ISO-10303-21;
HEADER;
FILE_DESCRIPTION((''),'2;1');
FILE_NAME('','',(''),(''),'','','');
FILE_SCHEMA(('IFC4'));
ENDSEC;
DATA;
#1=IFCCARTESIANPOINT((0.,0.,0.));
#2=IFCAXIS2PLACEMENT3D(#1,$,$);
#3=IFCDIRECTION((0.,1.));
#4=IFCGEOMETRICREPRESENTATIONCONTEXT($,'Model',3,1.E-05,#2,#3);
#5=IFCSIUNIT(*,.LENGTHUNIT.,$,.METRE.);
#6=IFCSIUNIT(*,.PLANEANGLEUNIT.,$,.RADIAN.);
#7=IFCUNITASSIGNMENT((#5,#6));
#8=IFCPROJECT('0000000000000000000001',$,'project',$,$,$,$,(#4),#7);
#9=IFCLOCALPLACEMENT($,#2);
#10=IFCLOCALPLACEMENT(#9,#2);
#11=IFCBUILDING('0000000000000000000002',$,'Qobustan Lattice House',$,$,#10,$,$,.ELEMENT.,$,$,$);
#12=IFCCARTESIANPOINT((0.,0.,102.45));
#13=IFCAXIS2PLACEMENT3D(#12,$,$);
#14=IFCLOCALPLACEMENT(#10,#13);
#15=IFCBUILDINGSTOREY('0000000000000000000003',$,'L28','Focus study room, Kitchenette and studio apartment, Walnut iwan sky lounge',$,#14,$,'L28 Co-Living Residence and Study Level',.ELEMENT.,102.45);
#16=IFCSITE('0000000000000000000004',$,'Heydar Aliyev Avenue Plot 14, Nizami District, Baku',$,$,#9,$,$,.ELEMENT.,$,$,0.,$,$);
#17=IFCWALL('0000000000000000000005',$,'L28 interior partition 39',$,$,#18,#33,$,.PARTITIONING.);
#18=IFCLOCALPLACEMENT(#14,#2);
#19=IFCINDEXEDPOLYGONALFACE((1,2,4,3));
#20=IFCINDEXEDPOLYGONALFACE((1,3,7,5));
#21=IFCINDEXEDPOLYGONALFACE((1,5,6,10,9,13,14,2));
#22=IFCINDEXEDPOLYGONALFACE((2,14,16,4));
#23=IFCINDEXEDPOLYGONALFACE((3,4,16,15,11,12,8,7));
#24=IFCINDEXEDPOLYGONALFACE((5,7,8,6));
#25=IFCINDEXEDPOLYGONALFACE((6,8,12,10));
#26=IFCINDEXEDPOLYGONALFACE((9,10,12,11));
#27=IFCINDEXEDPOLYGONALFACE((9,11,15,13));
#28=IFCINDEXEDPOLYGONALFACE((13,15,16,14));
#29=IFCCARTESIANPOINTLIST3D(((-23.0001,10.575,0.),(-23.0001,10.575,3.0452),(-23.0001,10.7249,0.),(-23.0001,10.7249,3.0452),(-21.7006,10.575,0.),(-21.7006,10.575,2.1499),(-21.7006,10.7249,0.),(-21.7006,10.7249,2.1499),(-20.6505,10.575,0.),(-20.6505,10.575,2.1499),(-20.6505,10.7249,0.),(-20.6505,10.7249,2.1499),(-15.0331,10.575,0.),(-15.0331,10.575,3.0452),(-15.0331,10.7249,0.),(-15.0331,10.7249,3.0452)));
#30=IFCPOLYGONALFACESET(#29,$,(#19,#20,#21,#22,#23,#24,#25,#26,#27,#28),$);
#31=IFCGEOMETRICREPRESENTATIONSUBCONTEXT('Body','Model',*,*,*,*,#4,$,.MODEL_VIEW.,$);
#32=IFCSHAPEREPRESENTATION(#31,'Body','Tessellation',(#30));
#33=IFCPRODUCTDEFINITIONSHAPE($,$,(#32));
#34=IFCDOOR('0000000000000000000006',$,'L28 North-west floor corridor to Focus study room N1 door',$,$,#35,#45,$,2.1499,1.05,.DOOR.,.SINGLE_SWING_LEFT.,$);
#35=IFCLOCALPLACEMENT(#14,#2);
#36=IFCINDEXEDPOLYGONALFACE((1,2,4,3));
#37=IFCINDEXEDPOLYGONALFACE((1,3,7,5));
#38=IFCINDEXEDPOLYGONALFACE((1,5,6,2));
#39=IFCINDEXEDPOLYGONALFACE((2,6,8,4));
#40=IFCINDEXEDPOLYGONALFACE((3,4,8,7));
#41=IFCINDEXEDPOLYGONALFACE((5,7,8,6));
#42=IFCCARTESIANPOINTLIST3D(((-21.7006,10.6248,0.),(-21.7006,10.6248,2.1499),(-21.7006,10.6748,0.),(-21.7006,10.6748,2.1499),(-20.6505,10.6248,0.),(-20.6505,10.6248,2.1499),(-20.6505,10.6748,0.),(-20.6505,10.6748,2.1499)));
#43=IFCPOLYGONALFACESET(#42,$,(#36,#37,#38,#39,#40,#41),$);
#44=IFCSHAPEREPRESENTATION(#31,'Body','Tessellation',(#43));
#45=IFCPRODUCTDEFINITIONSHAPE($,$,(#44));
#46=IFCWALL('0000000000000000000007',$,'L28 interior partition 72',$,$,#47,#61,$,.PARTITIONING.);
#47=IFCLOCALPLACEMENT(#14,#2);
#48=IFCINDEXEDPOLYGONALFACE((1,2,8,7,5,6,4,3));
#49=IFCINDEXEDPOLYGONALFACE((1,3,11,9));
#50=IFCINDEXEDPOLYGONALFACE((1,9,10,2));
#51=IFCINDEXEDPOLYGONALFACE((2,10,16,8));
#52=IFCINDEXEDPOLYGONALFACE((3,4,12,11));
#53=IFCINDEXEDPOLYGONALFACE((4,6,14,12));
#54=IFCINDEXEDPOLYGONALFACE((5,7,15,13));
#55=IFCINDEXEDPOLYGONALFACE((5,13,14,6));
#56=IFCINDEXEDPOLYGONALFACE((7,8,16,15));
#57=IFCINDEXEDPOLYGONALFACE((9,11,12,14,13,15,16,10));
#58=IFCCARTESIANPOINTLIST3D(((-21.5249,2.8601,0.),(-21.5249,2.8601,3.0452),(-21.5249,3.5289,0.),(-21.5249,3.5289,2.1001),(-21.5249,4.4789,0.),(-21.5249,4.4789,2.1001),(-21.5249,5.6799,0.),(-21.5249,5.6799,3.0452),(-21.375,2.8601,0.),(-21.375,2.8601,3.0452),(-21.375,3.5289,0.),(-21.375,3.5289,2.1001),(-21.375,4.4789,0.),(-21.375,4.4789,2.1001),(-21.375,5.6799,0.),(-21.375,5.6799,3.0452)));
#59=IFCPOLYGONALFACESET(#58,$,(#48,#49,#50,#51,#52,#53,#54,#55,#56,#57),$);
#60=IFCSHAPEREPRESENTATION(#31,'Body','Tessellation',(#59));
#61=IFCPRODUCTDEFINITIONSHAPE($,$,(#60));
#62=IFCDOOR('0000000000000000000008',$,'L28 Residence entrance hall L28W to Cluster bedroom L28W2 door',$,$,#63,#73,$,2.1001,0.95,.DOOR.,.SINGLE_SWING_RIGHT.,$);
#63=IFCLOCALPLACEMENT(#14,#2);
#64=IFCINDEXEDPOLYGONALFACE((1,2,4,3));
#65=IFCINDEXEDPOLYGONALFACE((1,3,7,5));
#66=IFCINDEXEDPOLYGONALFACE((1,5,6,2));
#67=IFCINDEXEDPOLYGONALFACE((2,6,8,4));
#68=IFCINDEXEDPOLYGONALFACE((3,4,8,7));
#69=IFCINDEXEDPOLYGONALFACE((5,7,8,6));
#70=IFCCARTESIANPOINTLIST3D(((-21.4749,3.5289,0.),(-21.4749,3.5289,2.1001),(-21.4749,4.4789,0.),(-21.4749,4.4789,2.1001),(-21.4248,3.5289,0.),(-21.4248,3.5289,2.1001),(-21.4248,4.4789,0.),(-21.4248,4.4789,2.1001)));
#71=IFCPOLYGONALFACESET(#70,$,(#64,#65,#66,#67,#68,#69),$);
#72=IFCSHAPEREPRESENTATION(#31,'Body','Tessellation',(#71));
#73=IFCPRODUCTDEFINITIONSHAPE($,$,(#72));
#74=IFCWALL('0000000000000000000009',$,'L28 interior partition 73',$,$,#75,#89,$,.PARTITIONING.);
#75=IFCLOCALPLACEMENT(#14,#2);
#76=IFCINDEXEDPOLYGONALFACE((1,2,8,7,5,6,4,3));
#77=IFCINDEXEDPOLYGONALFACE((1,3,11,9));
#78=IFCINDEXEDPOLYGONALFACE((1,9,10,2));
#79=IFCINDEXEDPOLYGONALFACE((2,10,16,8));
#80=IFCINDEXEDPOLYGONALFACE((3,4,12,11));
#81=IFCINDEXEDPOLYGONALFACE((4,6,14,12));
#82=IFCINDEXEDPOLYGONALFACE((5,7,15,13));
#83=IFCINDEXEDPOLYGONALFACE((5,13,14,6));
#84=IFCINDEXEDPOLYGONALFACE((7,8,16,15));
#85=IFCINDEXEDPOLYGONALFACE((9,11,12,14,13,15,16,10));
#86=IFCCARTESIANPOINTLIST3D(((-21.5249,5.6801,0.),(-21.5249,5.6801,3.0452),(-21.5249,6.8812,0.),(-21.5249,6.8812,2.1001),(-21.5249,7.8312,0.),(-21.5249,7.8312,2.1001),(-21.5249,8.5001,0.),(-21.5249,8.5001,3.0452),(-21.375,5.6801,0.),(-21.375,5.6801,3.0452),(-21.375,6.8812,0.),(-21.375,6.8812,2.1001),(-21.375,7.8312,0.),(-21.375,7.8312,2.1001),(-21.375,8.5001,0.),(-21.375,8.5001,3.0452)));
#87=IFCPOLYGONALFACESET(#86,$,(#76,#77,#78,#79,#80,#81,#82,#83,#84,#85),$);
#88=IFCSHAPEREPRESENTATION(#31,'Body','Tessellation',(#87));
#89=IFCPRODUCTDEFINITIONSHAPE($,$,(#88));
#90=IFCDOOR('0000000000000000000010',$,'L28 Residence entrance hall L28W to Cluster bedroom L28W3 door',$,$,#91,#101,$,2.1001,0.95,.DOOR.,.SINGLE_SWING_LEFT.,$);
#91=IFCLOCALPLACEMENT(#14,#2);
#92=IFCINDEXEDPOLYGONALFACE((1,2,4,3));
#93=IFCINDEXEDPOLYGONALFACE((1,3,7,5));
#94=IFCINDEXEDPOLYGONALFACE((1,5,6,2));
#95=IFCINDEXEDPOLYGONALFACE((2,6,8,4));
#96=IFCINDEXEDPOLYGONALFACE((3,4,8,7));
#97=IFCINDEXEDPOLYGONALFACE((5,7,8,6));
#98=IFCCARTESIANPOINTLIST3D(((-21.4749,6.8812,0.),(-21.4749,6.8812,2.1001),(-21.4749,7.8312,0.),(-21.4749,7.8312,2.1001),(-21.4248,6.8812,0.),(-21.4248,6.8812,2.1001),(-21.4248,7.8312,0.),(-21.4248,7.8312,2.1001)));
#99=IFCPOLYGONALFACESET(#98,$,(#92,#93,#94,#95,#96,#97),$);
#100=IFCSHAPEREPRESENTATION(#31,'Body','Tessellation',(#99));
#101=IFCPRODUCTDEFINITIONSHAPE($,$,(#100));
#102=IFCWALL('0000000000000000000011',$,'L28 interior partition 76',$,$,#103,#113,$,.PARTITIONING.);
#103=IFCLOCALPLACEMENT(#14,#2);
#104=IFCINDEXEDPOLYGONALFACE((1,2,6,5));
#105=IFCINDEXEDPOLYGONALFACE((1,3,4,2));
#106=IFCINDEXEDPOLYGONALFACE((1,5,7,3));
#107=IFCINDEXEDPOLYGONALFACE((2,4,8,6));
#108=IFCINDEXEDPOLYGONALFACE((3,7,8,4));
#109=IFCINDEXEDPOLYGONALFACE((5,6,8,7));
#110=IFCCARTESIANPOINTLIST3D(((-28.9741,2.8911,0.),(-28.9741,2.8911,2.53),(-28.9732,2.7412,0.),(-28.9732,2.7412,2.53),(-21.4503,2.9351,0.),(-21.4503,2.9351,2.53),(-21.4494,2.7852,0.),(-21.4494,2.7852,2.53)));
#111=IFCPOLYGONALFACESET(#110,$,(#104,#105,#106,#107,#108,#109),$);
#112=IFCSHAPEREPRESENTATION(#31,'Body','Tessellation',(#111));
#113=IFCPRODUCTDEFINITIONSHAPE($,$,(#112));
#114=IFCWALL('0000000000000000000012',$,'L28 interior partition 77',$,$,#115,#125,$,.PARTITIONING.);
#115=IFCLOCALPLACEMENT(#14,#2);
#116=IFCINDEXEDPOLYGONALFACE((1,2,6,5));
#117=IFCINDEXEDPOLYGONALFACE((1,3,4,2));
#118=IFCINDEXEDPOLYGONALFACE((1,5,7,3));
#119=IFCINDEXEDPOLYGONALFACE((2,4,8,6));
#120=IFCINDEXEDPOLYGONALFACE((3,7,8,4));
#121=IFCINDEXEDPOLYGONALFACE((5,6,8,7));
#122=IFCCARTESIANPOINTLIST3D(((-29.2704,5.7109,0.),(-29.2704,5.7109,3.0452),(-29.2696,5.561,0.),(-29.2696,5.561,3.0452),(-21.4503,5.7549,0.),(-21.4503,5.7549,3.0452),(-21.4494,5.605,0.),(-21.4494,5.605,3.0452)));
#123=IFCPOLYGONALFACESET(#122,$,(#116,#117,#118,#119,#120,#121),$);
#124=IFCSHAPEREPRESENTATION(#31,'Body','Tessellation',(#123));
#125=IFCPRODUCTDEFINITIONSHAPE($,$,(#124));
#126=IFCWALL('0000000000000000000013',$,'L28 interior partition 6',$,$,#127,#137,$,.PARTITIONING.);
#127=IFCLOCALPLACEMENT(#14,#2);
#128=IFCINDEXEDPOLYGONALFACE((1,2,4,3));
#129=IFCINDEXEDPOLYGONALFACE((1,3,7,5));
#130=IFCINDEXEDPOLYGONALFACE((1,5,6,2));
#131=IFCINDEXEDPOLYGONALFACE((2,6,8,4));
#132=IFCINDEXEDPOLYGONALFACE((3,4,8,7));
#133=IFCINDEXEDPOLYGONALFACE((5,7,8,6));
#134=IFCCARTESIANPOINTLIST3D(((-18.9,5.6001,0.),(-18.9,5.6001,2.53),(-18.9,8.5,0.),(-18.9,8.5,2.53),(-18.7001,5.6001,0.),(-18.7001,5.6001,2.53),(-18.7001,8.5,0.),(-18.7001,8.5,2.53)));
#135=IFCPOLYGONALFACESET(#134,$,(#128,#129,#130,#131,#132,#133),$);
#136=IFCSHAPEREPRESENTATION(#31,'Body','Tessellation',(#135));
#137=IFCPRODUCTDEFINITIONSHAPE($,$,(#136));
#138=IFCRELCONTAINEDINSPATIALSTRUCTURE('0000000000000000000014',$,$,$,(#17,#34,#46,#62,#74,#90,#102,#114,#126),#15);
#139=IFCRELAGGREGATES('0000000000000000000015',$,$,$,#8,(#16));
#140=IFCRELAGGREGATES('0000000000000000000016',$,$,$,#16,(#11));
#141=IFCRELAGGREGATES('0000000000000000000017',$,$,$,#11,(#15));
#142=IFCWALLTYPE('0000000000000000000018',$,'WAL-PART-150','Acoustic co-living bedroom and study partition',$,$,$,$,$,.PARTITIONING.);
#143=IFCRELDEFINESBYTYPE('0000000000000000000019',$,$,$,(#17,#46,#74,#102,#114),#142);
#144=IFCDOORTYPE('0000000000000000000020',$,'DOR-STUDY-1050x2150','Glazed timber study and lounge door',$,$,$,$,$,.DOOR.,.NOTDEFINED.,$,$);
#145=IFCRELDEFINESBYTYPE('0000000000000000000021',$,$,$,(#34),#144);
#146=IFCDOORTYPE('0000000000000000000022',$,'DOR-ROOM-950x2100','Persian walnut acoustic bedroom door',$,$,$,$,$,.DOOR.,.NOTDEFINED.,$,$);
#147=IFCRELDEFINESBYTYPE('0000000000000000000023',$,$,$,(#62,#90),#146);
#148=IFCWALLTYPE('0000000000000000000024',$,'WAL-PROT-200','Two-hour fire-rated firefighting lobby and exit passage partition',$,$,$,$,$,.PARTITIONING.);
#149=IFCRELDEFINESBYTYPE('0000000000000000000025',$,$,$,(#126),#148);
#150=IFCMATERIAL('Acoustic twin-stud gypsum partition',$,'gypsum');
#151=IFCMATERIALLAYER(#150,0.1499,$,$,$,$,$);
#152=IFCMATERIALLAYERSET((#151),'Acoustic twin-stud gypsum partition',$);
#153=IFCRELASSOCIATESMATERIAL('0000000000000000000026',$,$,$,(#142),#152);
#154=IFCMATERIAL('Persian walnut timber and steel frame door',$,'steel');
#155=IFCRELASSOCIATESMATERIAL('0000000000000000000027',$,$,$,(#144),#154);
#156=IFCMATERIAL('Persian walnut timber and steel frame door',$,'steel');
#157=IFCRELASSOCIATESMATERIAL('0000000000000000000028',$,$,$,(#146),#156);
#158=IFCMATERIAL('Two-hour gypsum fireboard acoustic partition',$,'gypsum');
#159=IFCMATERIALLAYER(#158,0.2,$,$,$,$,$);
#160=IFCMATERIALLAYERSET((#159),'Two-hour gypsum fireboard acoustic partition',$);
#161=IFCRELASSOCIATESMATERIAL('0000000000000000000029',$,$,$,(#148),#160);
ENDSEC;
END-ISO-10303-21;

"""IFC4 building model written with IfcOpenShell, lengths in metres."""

from ifc_helpers import new_model, si_unit, direction, frame, frame_2d, origin, place, context, subcontext, project, spatial, rectangle, extrude, material, layer, layer_set, type_object, element, fill, save


model = new_model("IFC4")

# Units and contexts
model_context = context("Model", 3, precision=1e-05, world=origin(), true_north=direction((0.0, 1.0)))
body_context = subcontext(model_context, "Body", "Model", "MODEL_VIEW")
ifc_project = project(units=[si_unit("LENGTHUNIT", "METRE"), si_unit("PLANEANGLEUNIT", "RADIAN")], contexts=[model_context])

# Site, building, storey
site_placement = place(None, origin())
site = spatial("IfcSite", under=ifc_project, at=site_placement, Name="Heydar Aliyev Avenue Plot 14, Nizami District, Baku", CompositionType="ELEMENT", RefElevation=0.0)
building_placement = place(site_placement, origin())
building = spatial("IfcBuilding", under=site, at=building_placement, Name="Qobustan Lattice House", CompositionType="ELEMENT")
storey_placement = place(building_placement, frame((0.0, 0.0, 102.45)))
storey = spatial("IfcBuildingStorey", under=building, at=storey_placement, Name="L28", Description="Focus study room, Kitchenette and studio apartment, Walnut iwan sky lounge", LongName="L28 Co-Living Residence and Study Level", CompositionType="ELEMENT", Elevation=102.45)

# Shared definitions
ifc_material_1 = material(Name="Acoustic twin-stud gypsum partition", Category="gypsum")
ifc_layer_1 = layer(ifc_material_1, 0.1499)
ifc_layer_set_1 = layer_set([ifc_layer_1], Name="Acoustic twin-stud gypsum partition")
wall_type_1 = type_object("IfcWallType", Name="WAL-PART-150", Description="Acoustic co-living bedroom and study partition", PredefinedType="PARTITIONING", material=ifc_layer_set_1)

# Walls, openings, doors
wall_1_placement = place(storey_placement, frame((-23.0, 10.6499, 0.0), z_axis=(0.0, 0.0, 1.0), x_axis=(1.0, 0.0, 0.0)))
wall_1 = element("IfcWall", 1, at=wall_1_placement, inside=storey, type_object=wall_type_1, Name="L28 interior partition 39", PredefinedType="PARTITIONING", context=body_context, shape_type="SweptSolid", body=[
    extrude(rectangle(XDim=7.967, YDim=0.1499, at=frame_2d((3.9834, 0.0))), origin(), (0.0, 0.0, 1.0), 3.0452),
])
opening_1_placement = place(wall_1_placement, frame((1.2996, 0.0, 0.0)))
opening_1 = element("IfcOpeningElement", 2, at=opening_1_placement, cuts=wall_1, PredefinedType="OPENING", context=body_context, shape_type="SweptSolid", body=[
    extrude(rectangle(XDim=1.05, YDim=2.1499, at=frame_2d((0.5249, 1.075))), frame((0.0, 0.085, 0.0), z_axis=(0.0, -1.0, 0.0), x_axis=(1.0, 0.0, 0.0)), (0.0, 0.0, 1.0), 0.1699),
])
ifc_material_2 = material(Name="Persian walnut timber and steel frame door", Category="steel")
door_type_1 = type_object("IfcDoorType", Name="DOR-STUDY-1050x2150", Description="Glazed timber study and lounge door", OperationType="NOTDEFINED", PredefinedType="DOOR", material=ifc_material_2)
door_1_placement = place(opening_1_placement, origin())
door_1 = element("IfcDoor", 3, at=door_1_placement, inside=storey, type_object=door_type_1, Name="L28 North-west floor corridor to Focus study room N1 door", OperationType="SINGLE_SWING_LEFT", OverallHeight=2.1499, OverallWidth=1.05, PredefinedType="DOOR", context=body_context, shape_type="SweptSolid", body=[
    extrude(rectangle(XDim=1.05, YDim=2.1499, at=frame_2d((0.5249, 1.075))), frame((0.0, 0.0249, 0.0), z_axis=(0.0, -1.0, 0.0), x_axis=(1.0, 0.0, 0.0)), (0.0, 0.0, 1.0), 0.05),
])
fill(opening_1, door_1)
wall_2_placement = place(storey_placement, frame((-21.45, 2.8601, 0.0), z_axis=(0.0, 0.0, 1.0), x_axis=(0.0, 1.0, 0.0)))
wall_2 = element("IfcWall", 4, at=wall_2_placement, inside=storey, type_object=wall_type_1, Name="L28 interior partition 72", PredefinedType="PARTITIONING", context=body_context, shape_type="SweptSolid", body=[
    extrude(rectangle(XDim=2.8198, YDim=0.1499, at=frame_2d((1.4099, 0.0))), origin(), (0.0, 0.0, 1.0), 3.0452),
])
opening_2_placement = place(wall_2_placement, frame((0.6687, 0.0, 0.0)))
opening_2 = element("IfcOpeningElement", 5, at=opening_2_placement, cuts=wall_2, PredefinedType="OPENING", context=body_context, shape_type="SweptSolid", body=[
    extrude(rectangle(XDim=0.95, YDim=2.1001, at=frame_2d((0.4751, 1.05))), frame((0.0, 0.085, 0.0), z_axis=(0.0, -1.0, 0.0), x_axis=(1.0, 0.0, 0.0)), (0.0, 0.0, 1.0), 0.1699),
])
ifc_material_3 = material(Name="Persian walnut timber and steel frame door", Category="steel")
door_type_2 = type_object("IfcDoorType", Name="DOR-ROOM-950x2100", Description="Persian walnut acoustic bedroom door", OperationType="NOTDEFINED", PredefinedType="DOOR", material=ifc_material_3)
door_2_placement = place(opening_2_placement, origin())
door_2 = element("IfcDoor", 6, at=door_2_placement, inside=storey, type_object=door_type_2, Name="L28 Residence entrance hall L28W to Cluster bedroom L28W2 door", OperationType="SINGLE_SWING_RIGHT", OverallHeight=2.1001, OverallWidth=0.95, PredefinedType="DOOR", context=body_context, shape_type="SweptSolid", body=[
    extrude(rectangle(XDim=0.95, YDim=2.1001, at=frame_2d((0.4751, 1.05))), frame((0.0, 0.0249, 0.0), z_axis=(0.0, -1.0, 0.0), x_axis=(1.0, 0.0, 0.0)), (0.0, 0.0, 1.0), 0.05),
])
fill(opening_2, door_2)
wall_3_placement = place(storey_placement, frame((-21.45, 5.6799, 0.0), z_axis=(0.0, 0.0, 1.0), x_axis=(0.0, 1.0, 0.0)))
wall_3 = element("IfcWall", 7, at=wall_3_placement, inside=storey, type_object=wall_type_1, Name="L28 interior partition 73", PredefinedType="PARTITIONING", context=body_context, shape_type="SweptSolid", body=[
    extrude(rectangle(XDim=2.8201, YDim=0.1499, at=frame_2d((1.4102, 0.0))), origin(), (0.0, 0.0, 1.0), 3.0452),
])
opening_3_placement = place(wall_3_placement, frame((1.2012, 0.0, 0.0)))
opening_3 = element("IfcOpeningElement", 8, at=opening_3_placement, cuts=wall_3, PredefinedType="OPENING", context=body_context, shape_type="SweptSolid", body=[
    extrude(rectangle(XDim=0.95, YDim=2.1001, at=frame_2d((0.4751, 1.05))), frame((0.0, 0.085, 0.0), z_axis=(0.0, -1.0, 0.0), x_axis=(1.0, 0.0, 0.0)), (0.0, 0.0, 1.0), 0.1699),
])
door_3_placement = place(opening_3_placement, origin())
door_3 = element("IfcDoor", 9, at=door_3_placement, inside=storey, type_object=door_type_2, Name="L28 Residence entrance hall L28W to Cluster bedroom L28W3 door", OperationType="SINGLE_SWING_LEFT", OverallHeight=2.1001, OverallWidth=0.95, PredefinedType="DOOR", context=body_context, shape_type="SweptSolid", body=[
    extrude(rectangle(XDim=0.95, YDim=2.1001, at=frame_2d((0.4751, 1.05))), frame((0.0, 0.0249, 0.0), z_axis=(0.0, -1.0, 0.0), x_axis=(1.0, 0.0, 0.0)), (0.0, 0.0, 1.0), 0.05),
])
fill(opening_3, door_3)

# Walls
wall_4_placement = place(storey_placement, frame((-28.9736, 2.8162, 0.0), z_axis=(0.0, 0.0, 1.0), x_axis=(0.999983, 0.005841, 0.0)))
element("IfcWall", 10, at=wall_4_placement, inside=storey, type_object=wall_type_1, Name="L28 interior partition 76", PredefinedType="PARTITIONING", context=body_context, shape_type="SweptSolid", body=[
    extrude(rectangle(XDim=7.5239, YDim=0.1499, at=frame_2d((3.762, 0.0))), origin(), (0.0, 0.0, 1.0), 2.53),
])
wall_5_placement = place(storey_placement, frame((-29.27, 5.636, 0.0), z_axis=(0.0, 0.0, 1.0), x_axis=(0.999984, 0.005619, 0.0)))
element("IfcWall", 11, at=wall_5_placement, inside=storey, type_object=wall_type_1, Name="L28 interior partition 77", PredefinedType="PARTITIONING", context=body_context, shape_type="SweptSolid", body=[
    extrude(rectangle(XDim=7.8203, YDim=0.1499, at=frame_2d((3.9102, 0.0))), origin(), (0.0, 0.0, 1.0), 3.0452),
])
ifc_material_4 = material(Name="Two-hour gypsum fireboard acoustic partition", Category="gypsum")
ifc_layer_2 = layer(ifc_material_4, 0.2)
ifc_layer_set_2 = layer_set([ifc_layer_2], Name="Two-hour gypsum fireboard acoustic partition")
wall_type_2 = type_object("IfcWallType", Name="WAL-PROT-200", Description="Two-hour fire-rated firefighting lobby and exit passage partition", PredefinedType="PARTITIONING", material=ifc_layer_set_2)
wall_6_placement = place(storey_placement, frame((-18.8, 8.5, 0.0), z_axis=(0.0, 0.0, 1.0), x_axis=(0.0, -1.0, 0.0)))
element("IfcWall", 12, at=wall_6_placement, inside=storey, type_object=wall_type_2, Name="L28 interior partition 6", PredefinedType="PARTITIONING", context=body_context, shape_type="SweptSolid", body=[
    extrude(rectangle(XDim=2.8999, YDim=0.2, at=frame_2d((1.45, 0.0))), origin(), (0.0, 0.0, 1.0), 2.53),
])

save(model, "model.ifc")
